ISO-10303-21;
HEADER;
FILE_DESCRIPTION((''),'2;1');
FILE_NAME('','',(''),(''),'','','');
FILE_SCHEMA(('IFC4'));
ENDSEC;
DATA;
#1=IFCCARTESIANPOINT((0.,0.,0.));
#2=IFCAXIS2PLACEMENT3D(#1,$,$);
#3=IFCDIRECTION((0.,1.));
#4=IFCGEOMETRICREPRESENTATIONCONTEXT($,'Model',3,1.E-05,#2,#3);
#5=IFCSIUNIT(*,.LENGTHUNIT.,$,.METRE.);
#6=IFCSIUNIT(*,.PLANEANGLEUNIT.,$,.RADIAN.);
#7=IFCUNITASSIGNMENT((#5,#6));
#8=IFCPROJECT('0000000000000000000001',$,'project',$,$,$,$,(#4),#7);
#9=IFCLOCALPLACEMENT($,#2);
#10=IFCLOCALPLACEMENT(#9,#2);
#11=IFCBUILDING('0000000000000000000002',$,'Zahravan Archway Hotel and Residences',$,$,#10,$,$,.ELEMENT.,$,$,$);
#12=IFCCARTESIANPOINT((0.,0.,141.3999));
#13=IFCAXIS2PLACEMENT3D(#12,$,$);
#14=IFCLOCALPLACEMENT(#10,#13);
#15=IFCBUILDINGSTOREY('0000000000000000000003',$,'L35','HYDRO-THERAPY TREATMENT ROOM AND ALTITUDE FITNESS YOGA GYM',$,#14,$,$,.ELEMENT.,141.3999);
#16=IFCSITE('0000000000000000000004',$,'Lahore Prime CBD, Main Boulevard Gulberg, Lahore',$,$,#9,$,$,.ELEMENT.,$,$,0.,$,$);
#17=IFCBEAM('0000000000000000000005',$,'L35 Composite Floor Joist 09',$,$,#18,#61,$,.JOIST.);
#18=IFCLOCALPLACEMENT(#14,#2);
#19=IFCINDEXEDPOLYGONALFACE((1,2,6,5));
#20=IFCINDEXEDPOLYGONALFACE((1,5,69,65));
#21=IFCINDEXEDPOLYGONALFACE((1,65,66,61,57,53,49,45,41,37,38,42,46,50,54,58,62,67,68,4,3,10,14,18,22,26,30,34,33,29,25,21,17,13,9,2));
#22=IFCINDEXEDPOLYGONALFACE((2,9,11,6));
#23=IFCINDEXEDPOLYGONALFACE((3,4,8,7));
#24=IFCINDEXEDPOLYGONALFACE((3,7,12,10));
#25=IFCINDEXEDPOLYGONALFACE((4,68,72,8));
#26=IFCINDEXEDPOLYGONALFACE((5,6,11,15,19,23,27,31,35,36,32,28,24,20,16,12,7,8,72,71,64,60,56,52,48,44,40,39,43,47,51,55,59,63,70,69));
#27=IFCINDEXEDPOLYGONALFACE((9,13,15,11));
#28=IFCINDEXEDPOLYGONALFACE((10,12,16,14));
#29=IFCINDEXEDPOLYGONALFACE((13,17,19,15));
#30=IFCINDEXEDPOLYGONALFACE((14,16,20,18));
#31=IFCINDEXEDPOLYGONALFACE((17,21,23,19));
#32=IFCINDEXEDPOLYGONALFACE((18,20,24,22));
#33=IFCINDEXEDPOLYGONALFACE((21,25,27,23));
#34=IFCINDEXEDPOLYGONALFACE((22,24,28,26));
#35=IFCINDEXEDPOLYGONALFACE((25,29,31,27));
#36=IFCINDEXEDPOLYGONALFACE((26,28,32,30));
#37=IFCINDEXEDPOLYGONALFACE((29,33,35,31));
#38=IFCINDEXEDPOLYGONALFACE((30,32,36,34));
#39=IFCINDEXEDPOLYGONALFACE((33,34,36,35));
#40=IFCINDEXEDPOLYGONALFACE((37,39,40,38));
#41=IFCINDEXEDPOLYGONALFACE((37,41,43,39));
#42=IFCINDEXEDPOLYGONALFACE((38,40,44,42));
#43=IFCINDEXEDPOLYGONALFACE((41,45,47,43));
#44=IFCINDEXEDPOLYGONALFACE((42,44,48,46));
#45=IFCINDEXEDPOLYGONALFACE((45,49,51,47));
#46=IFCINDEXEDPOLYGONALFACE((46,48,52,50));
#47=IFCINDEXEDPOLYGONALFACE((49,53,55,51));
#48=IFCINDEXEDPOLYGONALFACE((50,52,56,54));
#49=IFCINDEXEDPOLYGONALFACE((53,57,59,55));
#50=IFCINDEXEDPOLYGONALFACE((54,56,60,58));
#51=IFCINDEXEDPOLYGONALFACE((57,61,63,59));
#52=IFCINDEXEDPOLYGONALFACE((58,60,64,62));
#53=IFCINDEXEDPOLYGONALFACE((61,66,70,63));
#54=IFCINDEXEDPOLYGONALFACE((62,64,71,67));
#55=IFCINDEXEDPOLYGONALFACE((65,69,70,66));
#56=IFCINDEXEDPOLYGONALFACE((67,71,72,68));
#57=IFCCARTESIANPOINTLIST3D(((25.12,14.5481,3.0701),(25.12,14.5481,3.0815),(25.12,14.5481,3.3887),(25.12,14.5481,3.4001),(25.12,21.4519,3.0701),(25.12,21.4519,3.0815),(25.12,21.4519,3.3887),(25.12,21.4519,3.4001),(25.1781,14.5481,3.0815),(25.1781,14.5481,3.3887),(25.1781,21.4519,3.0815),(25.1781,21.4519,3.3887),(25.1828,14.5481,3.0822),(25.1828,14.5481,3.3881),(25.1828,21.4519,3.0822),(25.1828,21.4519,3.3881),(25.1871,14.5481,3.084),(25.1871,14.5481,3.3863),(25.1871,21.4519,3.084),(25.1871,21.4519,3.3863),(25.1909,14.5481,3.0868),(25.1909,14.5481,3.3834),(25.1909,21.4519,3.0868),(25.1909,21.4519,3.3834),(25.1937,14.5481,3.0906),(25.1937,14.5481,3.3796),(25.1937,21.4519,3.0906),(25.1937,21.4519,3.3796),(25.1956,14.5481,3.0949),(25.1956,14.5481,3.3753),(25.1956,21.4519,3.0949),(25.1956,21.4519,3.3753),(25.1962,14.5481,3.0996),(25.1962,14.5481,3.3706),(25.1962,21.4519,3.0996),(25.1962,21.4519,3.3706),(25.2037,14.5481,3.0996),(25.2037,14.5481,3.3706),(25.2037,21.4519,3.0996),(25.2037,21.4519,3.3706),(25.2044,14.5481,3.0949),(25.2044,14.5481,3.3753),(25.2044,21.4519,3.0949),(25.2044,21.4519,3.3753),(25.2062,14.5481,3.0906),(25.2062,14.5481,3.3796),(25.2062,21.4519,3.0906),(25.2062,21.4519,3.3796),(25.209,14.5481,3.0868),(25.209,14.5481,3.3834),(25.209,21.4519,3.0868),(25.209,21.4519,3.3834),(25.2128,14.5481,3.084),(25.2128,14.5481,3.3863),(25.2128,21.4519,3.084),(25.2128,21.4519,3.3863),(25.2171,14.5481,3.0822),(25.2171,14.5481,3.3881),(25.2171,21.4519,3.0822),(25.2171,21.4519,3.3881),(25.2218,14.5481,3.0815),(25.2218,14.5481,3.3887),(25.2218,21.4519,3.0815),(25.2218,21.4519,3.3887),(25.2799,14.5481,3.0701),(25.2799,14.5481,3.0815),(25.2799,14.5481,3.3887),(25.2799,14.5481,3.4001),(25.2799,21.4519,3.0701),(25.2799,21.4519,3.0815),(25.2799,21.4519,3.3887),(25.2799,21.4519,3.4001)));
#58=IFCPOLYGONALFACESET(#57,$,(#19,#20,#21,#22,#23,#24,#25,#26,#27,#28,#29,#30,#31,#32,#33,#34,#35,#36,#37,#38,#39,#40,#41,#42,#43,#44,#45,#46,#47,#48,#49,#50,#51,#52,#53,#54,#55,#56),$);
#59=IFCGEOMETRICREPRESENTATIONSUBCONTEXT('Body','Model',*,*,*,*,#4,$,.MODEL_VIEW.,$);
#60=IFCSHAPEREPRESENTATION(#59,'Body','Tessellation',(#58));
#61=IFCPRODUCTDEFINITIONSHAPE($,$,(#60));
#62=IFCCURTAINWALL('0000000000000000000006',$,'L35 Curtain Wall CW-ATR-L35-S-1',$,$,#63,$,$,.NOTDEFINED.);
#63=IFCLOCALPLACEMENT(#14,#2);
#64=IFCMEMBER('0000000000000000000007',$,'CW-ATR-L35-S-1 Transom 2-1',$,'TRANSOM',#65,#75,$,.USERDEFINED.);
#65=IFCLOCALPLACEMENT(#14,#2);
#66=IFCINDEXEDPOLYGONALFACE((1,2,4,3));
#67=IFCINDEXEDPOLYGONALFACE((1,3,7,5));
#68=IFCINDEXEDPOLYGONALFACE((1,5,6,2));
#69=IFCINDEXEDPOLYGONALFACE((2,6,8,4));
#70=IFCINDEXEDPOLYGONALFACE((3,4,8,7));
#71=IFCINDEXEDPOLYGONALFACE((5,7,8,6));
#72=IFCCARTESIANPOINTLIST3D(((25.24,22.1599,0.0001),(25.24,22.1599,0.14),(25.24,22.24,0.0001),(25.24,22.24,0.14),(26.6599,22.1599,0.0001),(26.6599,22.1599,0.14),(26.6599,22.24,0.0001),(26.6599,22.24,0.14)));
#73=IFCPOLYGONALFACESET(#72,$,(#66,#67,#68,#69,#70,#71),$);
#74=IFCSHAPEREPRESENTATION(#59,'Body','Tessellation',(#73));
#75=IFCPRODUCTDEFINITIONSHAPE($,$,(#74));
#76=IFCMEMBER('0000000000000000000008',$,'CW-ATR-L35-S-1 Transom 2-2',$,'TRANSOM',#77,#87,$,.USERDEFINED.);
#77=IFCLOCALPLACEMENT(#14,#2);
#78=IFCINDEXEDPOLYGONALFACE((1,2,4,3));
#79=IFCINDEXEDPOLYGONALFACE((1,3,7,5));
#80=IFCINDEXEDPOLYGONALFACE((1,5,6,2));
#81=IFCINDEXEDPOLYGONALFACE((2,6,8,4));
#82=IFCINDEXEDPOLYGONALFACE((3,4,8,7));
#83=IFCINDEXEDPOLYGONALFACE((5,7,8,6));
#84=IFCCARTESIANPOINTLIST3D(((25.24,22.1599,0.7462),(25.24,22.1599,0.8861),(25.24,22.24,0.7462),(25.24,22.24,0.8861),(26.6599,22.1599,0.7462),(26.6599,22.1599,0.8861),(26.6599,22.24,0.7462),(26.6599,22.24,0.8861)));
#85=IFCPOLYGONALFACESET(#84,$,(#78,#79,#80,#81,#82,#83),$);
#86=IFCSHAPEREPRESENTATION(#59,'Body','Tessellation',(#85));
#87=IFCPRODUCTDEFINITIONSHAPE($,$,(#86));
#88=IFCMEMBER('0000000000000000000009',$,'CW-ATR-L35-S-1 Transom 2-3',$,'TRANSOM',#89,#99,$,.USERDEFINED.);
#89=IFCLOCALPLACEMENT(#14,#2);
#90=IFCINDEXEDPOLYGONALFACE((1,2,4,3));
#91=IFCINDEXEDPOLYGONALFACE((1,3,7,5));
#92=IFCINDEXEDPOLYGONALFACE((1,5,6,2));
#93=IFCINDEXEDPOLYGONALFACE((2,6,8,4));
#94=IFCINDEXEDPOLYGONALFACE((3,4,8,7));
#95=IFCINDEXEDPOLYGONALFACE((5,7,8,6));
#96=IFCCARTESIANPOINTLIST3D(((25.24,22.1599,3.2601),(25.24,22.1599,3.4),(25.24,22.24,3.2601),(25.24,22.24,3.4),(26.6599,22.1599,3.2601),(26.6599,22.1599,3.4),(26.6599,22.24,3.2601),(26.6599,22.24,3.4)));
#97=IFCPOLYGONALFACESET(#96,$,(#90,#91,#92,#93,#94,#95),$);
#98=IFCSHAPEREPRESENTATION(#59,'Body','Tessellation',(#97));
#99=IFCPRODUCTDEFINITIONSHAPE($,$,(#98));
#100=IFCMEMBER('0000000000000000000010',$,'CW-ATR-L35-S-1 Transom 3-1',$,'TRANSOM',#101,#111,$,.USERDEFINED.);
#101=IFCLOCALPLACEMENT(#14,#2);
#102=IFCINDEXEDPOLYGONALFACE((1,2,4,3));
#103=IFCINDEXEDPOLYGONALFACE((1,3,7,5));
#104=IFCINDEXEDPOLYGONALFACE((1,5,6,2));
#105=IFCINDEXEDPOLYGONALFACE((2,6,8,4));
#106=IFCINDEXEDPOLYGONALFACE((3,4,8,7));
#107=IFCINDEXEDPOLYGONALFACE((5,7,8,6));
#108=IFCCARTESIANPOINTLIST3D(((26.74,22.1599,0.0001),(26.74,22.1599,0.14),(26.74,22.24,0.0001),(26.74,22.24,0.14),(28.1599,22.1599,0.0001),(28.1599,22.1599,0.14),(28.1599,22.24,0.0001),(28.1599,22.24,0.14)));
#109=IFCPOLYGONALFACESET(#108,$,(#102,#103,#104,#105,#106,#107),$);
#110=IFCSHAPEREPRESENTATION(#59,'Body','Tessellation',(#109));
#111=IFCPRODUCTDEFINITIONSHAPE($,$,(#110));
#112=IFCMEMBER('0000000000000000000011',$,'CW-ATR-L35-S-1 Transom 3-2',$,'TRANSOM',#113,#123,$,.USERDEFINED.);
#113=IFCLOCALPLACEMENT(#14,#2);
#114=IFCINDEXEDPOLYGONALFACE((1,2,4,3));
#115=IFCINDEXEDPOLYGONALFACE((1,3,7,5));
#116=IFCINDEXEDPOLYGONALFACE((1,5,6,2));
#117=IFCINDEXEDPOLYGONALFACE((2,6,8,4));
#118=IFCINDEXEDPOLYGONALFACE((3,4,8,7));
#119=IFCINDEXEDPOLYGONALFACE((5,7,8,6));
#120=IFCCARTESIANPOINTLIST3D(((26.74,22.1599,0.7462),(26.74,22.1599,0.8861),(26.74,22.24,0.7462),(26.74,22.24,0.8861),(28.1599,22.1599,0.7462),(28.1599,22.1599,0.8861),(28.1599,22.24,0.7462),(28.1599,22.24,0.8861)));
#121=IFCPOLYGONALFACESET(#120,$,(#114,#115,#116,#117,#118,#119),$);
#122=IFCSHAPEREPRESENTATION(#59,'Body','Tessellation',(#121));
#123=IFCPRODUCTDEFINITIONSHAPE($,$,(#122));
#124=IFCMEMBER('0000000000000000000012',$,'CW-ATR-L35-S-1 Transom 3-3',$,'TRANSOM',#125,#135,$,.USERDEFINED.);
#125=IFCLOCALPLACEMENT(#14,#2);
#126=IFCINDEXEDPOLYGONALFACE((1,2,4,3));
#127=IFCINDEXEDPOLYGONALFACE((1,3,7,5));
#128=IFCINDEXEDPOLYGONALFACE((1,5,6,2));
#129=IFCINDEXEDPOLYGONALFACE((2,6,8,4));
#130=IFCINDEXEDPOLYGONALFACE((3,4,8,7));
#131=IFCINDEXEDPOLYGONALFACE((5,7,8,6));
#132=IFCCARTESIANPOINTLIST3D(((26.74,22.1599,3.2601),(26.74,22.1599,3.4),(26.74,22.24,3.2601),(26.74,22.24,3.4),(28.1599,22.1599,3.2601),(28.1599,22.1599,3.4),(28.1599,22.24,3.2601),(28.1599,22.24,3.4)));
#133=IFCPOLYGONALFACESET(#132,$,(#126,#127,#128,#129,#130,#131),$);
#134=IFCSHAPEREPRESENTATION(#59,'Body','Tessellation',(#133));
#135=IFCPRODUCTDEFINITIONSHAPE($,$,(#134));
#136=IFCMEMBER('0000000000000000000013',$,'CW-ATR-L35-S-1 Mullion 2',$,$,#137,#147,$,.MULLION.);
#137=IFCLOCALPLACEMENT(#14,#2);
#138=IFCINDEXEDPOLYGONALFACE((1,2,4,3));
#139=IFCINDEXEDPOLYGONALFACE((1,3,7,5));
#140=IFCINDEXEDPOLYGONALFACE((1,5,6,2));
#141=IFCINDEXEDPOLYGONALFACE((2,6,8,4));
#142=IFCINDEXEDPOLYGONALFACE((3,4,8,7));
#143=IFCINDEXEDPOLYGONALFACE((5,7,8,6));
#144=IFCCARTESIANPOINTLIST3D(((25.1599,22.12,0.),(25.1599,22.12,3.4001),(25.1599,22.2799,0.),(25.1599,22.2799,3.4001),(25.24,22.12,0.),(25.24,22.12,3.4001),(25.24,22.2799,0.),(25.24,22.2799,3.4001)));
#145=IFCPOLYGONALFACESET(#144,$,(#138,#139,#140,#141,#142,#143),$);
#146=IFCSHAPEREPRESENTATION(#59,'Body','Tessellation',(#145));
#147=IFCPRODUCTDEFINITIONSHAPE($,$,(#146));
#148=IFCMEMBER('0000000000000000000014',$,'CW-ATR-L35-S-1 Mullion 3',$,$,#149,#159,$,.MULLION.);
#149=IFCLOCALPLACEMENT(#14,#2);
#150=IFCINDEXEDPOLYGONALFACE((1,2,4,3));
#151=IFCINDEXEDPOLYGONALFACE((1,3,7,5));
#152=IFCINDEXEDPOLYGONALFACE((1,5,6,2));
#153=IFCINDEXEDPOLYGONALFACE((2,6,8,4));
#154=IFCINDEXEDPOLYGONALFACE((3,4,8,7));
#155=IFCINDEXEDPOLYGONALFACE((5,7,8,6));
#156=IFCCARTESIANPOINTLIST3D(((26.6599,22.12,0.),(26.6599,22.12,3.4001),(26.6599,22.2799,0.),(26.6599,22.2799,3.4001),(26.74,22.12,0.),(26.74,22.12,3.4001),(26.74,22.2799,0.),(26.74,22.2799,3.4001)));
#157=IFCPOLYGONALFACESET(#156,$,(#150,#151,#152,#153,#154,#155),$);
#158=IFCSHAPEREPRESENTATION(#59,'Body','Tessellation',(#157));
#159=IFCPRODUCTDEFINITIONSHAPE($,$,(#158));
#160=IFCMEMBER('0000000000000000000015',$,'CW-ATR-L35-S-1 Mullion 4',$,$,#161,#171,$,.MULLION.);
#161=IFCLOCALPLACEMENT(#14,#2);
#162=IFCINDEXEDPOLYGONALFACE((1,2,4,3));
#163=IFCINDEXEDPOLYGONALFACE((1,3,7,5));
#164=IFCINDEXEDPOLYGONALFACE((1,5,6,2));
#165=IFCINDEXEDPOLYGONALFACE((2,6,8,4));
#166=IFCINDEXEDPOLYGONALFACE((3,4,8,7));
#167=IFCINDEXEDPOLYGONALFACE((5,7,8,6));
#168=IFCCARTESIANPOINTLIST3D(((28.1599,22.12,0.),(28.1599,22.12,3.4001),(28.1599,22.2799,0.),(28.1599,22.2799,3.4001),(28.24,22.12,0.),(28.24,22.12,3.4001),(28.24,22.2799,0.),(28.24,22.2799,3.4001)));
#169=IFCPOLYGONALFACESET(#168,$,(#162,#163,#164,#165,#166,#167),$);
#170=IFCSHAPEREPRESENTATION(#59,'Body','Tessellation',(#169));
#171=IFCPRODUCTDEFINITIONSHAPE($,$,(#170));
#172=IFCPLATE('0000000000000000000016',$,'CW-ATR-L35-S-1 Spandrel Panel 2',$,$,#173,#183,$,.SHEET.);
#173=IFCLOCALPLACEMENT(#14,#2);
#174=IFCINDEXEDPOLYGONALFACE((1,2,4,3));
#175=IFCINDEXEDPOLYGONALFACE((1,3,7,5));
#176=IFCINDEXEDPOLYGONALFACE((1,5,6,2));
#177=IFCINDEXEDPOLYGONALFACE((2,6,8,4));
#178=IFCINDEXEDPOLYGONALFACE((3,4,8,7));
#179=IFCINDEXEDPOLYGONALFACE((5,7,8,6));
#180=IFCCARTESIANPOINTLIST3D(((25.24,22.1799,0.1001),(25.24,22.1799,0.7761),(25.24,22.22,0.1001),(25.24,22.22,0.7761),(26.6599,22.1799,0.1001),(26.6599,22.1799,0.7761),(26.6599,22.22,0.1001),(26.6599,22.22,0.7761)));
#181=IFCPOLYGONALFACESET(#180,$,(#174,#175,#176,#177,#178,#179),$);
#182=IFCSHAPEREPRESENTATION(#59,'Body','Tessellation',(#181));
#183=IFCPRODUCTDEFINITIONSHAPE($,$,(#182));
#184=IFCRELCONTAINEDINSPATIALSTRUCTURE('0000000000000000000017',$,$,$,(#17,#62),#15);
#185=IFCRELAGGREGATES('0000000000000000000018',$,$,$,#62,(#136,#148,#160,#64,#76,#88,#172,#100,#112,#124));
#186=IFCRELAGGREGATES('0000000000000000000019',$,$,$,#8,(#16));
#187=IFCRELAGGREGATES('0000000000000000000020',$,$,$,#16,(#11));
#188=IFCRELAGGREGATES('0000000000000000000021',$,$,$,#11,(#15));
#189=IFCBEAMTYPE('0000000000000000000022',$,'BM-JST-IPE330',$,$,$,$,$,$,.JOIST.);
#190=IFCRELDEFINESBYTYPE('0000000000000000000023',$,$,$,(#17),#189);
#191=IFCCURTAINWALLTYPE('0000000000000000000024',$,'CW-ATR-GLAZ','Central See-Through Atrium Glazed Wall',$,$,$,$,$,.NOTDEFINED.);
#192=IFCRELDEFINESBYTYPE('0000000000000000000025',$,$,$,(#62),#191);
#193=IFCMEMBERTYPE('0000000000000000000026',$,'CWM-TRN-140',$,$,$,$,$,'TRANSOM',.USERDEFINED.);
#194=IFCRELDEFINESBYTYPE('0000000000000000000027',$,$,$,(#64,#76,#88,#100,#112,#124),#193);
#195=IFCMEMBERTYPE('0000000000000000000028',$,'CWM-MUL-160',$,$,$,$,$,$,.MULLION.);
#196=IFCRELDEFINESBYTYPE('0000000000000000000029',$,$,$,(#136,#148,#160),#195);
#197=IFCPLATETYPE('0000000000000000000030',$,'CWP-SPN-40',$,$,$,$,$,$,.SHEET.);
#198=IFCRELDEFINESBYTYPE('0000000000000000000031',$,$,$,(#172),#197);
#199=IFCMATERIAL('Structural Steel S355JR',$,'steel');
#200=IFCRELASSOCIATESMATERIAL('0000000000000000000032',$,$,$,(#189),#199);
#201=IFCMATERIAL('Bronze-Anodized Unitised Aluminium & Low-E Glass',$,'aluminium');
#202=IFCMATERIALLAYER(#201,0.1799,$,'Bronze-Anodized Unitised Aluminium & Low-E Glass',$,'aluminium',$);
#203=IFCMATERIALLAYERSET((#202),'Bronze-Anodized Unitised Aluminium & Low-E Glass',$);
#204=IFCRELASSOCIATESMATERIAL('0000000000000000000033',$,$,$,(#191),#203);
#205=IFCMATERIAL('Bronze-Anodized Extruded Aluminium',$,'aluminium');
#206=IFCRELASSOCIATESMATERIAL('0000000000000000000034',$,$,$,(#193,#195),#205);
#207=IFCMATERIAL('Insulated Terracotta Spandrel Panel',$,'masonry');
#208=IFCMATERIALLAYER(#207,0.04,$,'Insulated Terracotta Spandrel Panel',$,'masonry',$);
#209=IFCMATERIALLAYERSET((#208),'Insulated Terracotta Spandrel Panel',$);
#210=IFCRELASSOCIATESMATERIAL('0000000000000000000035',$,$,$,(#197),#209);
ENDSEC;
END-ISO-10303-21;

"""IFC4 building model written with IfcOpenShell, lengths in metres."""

from ifc_helpers import new_model, si_unit, direction, frame, origin, origin_2d, place, context, subcontext, project, spatial, rectangle, i_section, extrude, source, transform, mapped, material, layer, layer_set, material_profile, profile_set, type_object, element, aggregate, save


model = new_model("IFC4")

# Units and contexts
model_context = context("Model", 3, precision=1e-05, world=origin(), true_north=direction((0.0, 1.0)))
body_context = subcontext(model_context, "Body", "Model", "MODEL_VIEW")
ifc_project = project(units=[si_unit("LENGTHUNIT", "METRE"), si_unit("PLANEANGLEUNIT", "RADIAN")], contexts=[model_context])

# Site, building, storey
site_placement = place(None, origin())
site = spatial("IfcSite", under=ifc_project, at=site_placement, Name="Lahore Prime CBD, Main Boulevard Gulberg, Lahore", CompositionType="ELEMENT", RefElevation=0.0)
building_placement = place(site_placement, origin())
building = spatial("IfcBuilding", under=site, at=building_placement, Name="Zahravan Archway Hotel and Residences", CompositionType="ELEMENT")
storey_placement = place(building_placement, frame((0.0, 0.0, 141.3999)))
storey = spatial("IfcBuildingStorey", under=building, at=storey_placement, Name="L35", Description="HYDRO-THERAPY TREATMENT ROOM AND ALTITUDE FITNESS YOGA GYM", CompositionType="ELEMENT", Elevation=141.3999)

# Beam
ifc_material_1 = material(Name="Structural Steel S355JR", Category="steel")
ifc_material_profile_1 = material_profile(ifc_material_1, i_section(OverallWidth=0.1599, OverallDepth=0.3301, WebThickness=0.0076, FlangeThickness=0.0115, FilletRadius=0.0181, at=origin_2d()), Name="IPE 330", Category="steel")
ifc_profile_set_1 = profile_set([ifc_material_profile_1], Name="Structural Steel S355JR")
beam_type = type_object("IfcBeamType", Name="BM-JST-IPE330", PredefinedType="JOIST", material=ifc_profile_set_1)
shared_shape_1 = source(origin(), body_context, "Body", "SweptSolid", [
    extrude(i_section(OverallWidth=0.1599, OverallDepth=0.3301, WebThickness=0.0076, FlangeThickness=0.0115, FilletRadius=0.0181, at=origin_2d()), origin(), (0.0, 0.0, 1.0), 6.9038),
])
beam_placement = place(storey_placement, frame((25.2, 14.5481, 3.2351), z_axis=(0.0, 1.0, 0.0), x_axis=(-1.0, 0.0, 0.0)))
element("IfcBeam", 1, at=beam_placement, inside=storey, type_object=beam_type, Name="L35 Composite Floor Joist 09", PredefinedType="JOIST", context=body_context, shape_type="MappedRepresentation", body=[
    mapped(shared_shape_1, transform((0.0, 0.0, 0.0), scale=1.0)),
])

# Curtain wall, members, plate
ifc_material_2 = material(Name="Bronze-Anodized Unitised Aluminium & Low-E Glass", Category="aluminium")
ifc_layer_1 = layer(ifc_material_2, 0.1799, Name="Bronze-Anodized Unitised Aluminium & Low-E Glass", Category="aluminium")
ifc_layer_set_1 = layer_set([ifc_layer_1], Name="Bronze-Anodized Unitised Aluminium & Low-E Glass")
curtain_wall_type = type_object("IfcCurtainWallType", Name="CW-ATR-GLAZ", Description="Central See-Through Atrium Glazed Wall", PredefinedType="NOTDEFINED", material=ifc_layer_set_1)
curtain_wall_placement = place(storey_placement, origin())
curtain_wall = element("IfcCurtainWall", 2, at=curtain_wall_placement, inside=storey, type_object=curtain_wall_type, Name="L35 Curtain Wall CW-ATR-L35-S-1", PredefinedType="NOTDEFINED")
ifc_material_3 = material(Name="Bronze-Anodized Extruded Aluminium", Category="aluminium")
ifc_material_profile_2 = material_profile(ifc_material_3, rectangle(XDim=0.0801, YDim=0.1399, at=origin_2d()), Name="TRN 80x140", Category="aluminium")
ifc_profile_set_2 = profile_set([ifc_material_profile_2], Name="Bronze-Anodized Extruded Aluminium")
member_type_1 = type_object("IfcMemberType", Name="CWM-TRN-140", ElementType="TRANSOM", PredefinedType="USERDEFINED", material=ifc_profile_set_2)
shared_shape_2 = source(origin(), body_context, "Body", "SweptSolid", [
    extrude(rectangle(XDim=0.0801, YDim=0.1399, at=origin_2d()), origin(), (0.0, 0.0, 1.0), 1.4199),
])
member_1_placement = place(storey_placement, frame((25.24, 22.2, 0.0701), z_axis=(1.0, 0.0, 0.0), x_axis=(0.0, 1.0, 0.0)))
member_1 = element("IfcMember", 3, at=member_1_placement, type_object=member_type_1, Name="CW-ATR-L35-S-1 Transom 2-1", ObjectType="TRANSOM", PredefinedType="USERDEFINED", context=body_context, shape_type="MappedRepresentation", body=[
    mapped(shared_shape_2, transform((0.0, 0.0, 0.0), scale=1.0)),
])
member_2_placement = place(storey_placement, frame((25.24, 22.2, 0.8162), z_axis=(1.0, 0.0, 0.0), x_axis=(0.0, 1.0, 0.0)))
member_2 = element("IfcMember", 4, at=member_2_placement, type_object=member_type_1, Name="CW-ATR-L35-S-1 Transom 2-2", ObjectType="TRANSOM", PredefinedType="USERDEFINED", context=body_context, shape_type="MappedRepresentation", body=[
    mapped(shared_shape_2, transform((0.0, 0.0, 0.0), scale=1.0)),
])
member_3_placement = place(storey_placement, frame((25.24, 22.2, 3.3301), z_axis=(1.0, 0.0, 0.0), x_axis=(0.0, 1.0, 0.0)))
member_3 = element("IfcMember", 5, at=member_3_placement, type_object=member_type_1, Name="CW-ATR-L35-S-1 Transom 2-3", ObjectType="TRANSOM", PredefinedType="USERDEFINED", context=body_context, shape_type="MappedRepresentation", body=[
    mapped(shared_shape_2, transform((0.0, 0.0, 0.0), scale=1.0)),
])
member_4_placement = place(storey_placement, frame((26.74, 22.2, 0.0701), z_axis=(1.0, 0.0, 0.0), x_axis=(0.0, 1.0, 0.0)))
member_4 = element("IfcMember", 6, at=member_4_placement, type_object=member_type_1, Name="CW-ATR-L35-S-1 Transom 3-1", ObjectType="TRANSOM", PredefinedType="USERDEFINED", context=body_context, shape_type="MappedRepresentation", body=[
    mapped(shared_shape_2, transform((0.0, 0.0, 0.0), scale=1.0)),
])
member_5_placement = place(storey_placement, frame((26.74, 22.2, 0.8162), z_axis=(1.0, 0.0, 0.0), x_axis=(0.0, 1.0, 0.0)))
member_5 = element("IfcMember", 7, at=member_5_placement, type_object=member_type_1, Name="CW-ATR-L35-S-1 Transom 3-2", ObjectType="TRANSOM", PredefinedType="USERDEFINED", context=body_context, shape_type="MappedRepresentation", body=[
    mapped(shared_shape_2, transform((0.0, 0.0, 0.0), scale=1.0)),
])
member_6_placement = place(storey_placement, frame((26.74, 22.2, 3.3301), z_axis=(1.0, 0.0, 0.0), x_axis=(0.0, 1.0, 0.0)))
member_6 = element("IfcMember", 8, at=member_6_placement, type_object=member_type_1, Name="CW-ATR-L35-S-1 Transom 3-3", ObjectType="TRANSOM", PredefinedType="USERDEFINED", context=body_context, shape_type="MappedRepresentation", body=[
    mapped(shared_shape_2, transform((0.0, 0.0, 0.0), scale=1.0)),
])
ifc_material_profile_3 = material_profile(ifc_material_3, rectangle(XDim=0.0801, YDim=0.1599, at=origin_2d()), Name="MUL 80x160", Category="aluminium")
ifc_profile_set_3 = profile_set([ifc_material_profile_3], Name="Bronze-Anodized Extruded Aluminium")
member_type_2 = type_object("IfcMemberType", Name="CWM-MUL-160", PredefinedType="MULLION", material=ifc_profile_set_3)
shared_shape_3 = source(origin(), body_context, "Body", "SweptSolid", [
    extrude(rectangle(XDim=0.0801, YDim=0.1599, at=origin_2d()), origin(), (0.0, 0.0, 1.0), 3.4001),
])
member_7_placement = place(storey_placement, frame((25.2, 22.2, 0.0), z_axis=(0.0, 0.0, 1.0), x_axis=(1.0, 0.0, 0.0)))
member_7 = element("IfcMember", 9, at=member_7_placement, type_object=member_type_2, Name="CW-ATR-L35-S-1 Mullion 2", PredefinedType="MULLION", context=body_context, shape_type="MappedRepresentation", body=[
    mapped(shared_shape_3, transform((0.0, 0.0, 0.0), scale=1.0)),
])
member_8_placement = place(storey_placement, frame((26.7, 22.2, 0.0), z_axis=(0.0, 0.0, 1.0), x_axis=(1.0, 0.0, 0.0)))
member_8 = element("IfcMember", 10, at=member_8_placement, type_object=member_type_2, Name="CW-ATR-L35-S-1 Mullion 3", PredefinedType="MULLION", context=body_context, shape_type="MappedRepresentation", body=[
    mapped(shared_shape_3, transform((0.0, 0.0, 0.0), scale=1.0)),
])
member_9_placement = place(storey_placement, frame((28.2, 22.2, 0.0), z_axis=(0.0, 0.0, 1.0), x_axis=(1.0, 0.0, 0.0)))
member_9 = element("IfcMember", 11, at=member_9_placement, type_object=member_type_2, Name="CW-ATR-L35-S-1 Mullion 4", PredefinedType="MULLION", context=body_context, shape_type="MappedRepresentation", body=[
    mapped(shared_shape_3, transform((0.0, 0.0, 0.0), scale=1.0)),
])
ifc_material_4 = material(Name="Insulated Terracotta Spandrel Panel", Category="masonry")
ifc_layer_2 = layer(ifc_material_4, 0.04, Name="Insulated Terracotta Spandrel Panel", Category="masonry")
ifc_layer_set_2 = layer_set([ifc_layer_2], Name="Insulated Terracotta Spandrel Panel")
plate_type_1 = type_object("IfcPlateType", Name="CWP-SPN-40", PredefinedType="SHEET", material=ifc_layer_set_2)
shared_shape_4 = source(origin(), body_context, "Body", "SweptSolid", [
    extrude(rectangle(XDim=1.4199, YDim=0.04, at=origin_2d()), origin(), (0.0, 0.0, 1.0), 0.676),
])
plate_1_placement = place(storey_placement, frame((25.95, 22.2, 0.1001), z_axis=(0.0, 0.0, 1.0), x_axis=(1.0, 0.0, 0.0)))
plate_1 = element("IfcPlate", 12, at=plate_1_placement, type_object=plate_type_1, Name="CW-ATR-L35-S-1 Spandrel Panel 2", PredefinedType="SHEET", context=body_context, shape_type="MappedRepresentation", body=[
    mapped(shared_shape_4, transform((0.0, 0.0, 0.0), scale=1.0)),
])
aggregate(curtain_wall, [member_7, member_8, member_9, member_1, member_2, member_3, plate_1, member_4, member_5, member_6])

save(model, "model.ifc")
